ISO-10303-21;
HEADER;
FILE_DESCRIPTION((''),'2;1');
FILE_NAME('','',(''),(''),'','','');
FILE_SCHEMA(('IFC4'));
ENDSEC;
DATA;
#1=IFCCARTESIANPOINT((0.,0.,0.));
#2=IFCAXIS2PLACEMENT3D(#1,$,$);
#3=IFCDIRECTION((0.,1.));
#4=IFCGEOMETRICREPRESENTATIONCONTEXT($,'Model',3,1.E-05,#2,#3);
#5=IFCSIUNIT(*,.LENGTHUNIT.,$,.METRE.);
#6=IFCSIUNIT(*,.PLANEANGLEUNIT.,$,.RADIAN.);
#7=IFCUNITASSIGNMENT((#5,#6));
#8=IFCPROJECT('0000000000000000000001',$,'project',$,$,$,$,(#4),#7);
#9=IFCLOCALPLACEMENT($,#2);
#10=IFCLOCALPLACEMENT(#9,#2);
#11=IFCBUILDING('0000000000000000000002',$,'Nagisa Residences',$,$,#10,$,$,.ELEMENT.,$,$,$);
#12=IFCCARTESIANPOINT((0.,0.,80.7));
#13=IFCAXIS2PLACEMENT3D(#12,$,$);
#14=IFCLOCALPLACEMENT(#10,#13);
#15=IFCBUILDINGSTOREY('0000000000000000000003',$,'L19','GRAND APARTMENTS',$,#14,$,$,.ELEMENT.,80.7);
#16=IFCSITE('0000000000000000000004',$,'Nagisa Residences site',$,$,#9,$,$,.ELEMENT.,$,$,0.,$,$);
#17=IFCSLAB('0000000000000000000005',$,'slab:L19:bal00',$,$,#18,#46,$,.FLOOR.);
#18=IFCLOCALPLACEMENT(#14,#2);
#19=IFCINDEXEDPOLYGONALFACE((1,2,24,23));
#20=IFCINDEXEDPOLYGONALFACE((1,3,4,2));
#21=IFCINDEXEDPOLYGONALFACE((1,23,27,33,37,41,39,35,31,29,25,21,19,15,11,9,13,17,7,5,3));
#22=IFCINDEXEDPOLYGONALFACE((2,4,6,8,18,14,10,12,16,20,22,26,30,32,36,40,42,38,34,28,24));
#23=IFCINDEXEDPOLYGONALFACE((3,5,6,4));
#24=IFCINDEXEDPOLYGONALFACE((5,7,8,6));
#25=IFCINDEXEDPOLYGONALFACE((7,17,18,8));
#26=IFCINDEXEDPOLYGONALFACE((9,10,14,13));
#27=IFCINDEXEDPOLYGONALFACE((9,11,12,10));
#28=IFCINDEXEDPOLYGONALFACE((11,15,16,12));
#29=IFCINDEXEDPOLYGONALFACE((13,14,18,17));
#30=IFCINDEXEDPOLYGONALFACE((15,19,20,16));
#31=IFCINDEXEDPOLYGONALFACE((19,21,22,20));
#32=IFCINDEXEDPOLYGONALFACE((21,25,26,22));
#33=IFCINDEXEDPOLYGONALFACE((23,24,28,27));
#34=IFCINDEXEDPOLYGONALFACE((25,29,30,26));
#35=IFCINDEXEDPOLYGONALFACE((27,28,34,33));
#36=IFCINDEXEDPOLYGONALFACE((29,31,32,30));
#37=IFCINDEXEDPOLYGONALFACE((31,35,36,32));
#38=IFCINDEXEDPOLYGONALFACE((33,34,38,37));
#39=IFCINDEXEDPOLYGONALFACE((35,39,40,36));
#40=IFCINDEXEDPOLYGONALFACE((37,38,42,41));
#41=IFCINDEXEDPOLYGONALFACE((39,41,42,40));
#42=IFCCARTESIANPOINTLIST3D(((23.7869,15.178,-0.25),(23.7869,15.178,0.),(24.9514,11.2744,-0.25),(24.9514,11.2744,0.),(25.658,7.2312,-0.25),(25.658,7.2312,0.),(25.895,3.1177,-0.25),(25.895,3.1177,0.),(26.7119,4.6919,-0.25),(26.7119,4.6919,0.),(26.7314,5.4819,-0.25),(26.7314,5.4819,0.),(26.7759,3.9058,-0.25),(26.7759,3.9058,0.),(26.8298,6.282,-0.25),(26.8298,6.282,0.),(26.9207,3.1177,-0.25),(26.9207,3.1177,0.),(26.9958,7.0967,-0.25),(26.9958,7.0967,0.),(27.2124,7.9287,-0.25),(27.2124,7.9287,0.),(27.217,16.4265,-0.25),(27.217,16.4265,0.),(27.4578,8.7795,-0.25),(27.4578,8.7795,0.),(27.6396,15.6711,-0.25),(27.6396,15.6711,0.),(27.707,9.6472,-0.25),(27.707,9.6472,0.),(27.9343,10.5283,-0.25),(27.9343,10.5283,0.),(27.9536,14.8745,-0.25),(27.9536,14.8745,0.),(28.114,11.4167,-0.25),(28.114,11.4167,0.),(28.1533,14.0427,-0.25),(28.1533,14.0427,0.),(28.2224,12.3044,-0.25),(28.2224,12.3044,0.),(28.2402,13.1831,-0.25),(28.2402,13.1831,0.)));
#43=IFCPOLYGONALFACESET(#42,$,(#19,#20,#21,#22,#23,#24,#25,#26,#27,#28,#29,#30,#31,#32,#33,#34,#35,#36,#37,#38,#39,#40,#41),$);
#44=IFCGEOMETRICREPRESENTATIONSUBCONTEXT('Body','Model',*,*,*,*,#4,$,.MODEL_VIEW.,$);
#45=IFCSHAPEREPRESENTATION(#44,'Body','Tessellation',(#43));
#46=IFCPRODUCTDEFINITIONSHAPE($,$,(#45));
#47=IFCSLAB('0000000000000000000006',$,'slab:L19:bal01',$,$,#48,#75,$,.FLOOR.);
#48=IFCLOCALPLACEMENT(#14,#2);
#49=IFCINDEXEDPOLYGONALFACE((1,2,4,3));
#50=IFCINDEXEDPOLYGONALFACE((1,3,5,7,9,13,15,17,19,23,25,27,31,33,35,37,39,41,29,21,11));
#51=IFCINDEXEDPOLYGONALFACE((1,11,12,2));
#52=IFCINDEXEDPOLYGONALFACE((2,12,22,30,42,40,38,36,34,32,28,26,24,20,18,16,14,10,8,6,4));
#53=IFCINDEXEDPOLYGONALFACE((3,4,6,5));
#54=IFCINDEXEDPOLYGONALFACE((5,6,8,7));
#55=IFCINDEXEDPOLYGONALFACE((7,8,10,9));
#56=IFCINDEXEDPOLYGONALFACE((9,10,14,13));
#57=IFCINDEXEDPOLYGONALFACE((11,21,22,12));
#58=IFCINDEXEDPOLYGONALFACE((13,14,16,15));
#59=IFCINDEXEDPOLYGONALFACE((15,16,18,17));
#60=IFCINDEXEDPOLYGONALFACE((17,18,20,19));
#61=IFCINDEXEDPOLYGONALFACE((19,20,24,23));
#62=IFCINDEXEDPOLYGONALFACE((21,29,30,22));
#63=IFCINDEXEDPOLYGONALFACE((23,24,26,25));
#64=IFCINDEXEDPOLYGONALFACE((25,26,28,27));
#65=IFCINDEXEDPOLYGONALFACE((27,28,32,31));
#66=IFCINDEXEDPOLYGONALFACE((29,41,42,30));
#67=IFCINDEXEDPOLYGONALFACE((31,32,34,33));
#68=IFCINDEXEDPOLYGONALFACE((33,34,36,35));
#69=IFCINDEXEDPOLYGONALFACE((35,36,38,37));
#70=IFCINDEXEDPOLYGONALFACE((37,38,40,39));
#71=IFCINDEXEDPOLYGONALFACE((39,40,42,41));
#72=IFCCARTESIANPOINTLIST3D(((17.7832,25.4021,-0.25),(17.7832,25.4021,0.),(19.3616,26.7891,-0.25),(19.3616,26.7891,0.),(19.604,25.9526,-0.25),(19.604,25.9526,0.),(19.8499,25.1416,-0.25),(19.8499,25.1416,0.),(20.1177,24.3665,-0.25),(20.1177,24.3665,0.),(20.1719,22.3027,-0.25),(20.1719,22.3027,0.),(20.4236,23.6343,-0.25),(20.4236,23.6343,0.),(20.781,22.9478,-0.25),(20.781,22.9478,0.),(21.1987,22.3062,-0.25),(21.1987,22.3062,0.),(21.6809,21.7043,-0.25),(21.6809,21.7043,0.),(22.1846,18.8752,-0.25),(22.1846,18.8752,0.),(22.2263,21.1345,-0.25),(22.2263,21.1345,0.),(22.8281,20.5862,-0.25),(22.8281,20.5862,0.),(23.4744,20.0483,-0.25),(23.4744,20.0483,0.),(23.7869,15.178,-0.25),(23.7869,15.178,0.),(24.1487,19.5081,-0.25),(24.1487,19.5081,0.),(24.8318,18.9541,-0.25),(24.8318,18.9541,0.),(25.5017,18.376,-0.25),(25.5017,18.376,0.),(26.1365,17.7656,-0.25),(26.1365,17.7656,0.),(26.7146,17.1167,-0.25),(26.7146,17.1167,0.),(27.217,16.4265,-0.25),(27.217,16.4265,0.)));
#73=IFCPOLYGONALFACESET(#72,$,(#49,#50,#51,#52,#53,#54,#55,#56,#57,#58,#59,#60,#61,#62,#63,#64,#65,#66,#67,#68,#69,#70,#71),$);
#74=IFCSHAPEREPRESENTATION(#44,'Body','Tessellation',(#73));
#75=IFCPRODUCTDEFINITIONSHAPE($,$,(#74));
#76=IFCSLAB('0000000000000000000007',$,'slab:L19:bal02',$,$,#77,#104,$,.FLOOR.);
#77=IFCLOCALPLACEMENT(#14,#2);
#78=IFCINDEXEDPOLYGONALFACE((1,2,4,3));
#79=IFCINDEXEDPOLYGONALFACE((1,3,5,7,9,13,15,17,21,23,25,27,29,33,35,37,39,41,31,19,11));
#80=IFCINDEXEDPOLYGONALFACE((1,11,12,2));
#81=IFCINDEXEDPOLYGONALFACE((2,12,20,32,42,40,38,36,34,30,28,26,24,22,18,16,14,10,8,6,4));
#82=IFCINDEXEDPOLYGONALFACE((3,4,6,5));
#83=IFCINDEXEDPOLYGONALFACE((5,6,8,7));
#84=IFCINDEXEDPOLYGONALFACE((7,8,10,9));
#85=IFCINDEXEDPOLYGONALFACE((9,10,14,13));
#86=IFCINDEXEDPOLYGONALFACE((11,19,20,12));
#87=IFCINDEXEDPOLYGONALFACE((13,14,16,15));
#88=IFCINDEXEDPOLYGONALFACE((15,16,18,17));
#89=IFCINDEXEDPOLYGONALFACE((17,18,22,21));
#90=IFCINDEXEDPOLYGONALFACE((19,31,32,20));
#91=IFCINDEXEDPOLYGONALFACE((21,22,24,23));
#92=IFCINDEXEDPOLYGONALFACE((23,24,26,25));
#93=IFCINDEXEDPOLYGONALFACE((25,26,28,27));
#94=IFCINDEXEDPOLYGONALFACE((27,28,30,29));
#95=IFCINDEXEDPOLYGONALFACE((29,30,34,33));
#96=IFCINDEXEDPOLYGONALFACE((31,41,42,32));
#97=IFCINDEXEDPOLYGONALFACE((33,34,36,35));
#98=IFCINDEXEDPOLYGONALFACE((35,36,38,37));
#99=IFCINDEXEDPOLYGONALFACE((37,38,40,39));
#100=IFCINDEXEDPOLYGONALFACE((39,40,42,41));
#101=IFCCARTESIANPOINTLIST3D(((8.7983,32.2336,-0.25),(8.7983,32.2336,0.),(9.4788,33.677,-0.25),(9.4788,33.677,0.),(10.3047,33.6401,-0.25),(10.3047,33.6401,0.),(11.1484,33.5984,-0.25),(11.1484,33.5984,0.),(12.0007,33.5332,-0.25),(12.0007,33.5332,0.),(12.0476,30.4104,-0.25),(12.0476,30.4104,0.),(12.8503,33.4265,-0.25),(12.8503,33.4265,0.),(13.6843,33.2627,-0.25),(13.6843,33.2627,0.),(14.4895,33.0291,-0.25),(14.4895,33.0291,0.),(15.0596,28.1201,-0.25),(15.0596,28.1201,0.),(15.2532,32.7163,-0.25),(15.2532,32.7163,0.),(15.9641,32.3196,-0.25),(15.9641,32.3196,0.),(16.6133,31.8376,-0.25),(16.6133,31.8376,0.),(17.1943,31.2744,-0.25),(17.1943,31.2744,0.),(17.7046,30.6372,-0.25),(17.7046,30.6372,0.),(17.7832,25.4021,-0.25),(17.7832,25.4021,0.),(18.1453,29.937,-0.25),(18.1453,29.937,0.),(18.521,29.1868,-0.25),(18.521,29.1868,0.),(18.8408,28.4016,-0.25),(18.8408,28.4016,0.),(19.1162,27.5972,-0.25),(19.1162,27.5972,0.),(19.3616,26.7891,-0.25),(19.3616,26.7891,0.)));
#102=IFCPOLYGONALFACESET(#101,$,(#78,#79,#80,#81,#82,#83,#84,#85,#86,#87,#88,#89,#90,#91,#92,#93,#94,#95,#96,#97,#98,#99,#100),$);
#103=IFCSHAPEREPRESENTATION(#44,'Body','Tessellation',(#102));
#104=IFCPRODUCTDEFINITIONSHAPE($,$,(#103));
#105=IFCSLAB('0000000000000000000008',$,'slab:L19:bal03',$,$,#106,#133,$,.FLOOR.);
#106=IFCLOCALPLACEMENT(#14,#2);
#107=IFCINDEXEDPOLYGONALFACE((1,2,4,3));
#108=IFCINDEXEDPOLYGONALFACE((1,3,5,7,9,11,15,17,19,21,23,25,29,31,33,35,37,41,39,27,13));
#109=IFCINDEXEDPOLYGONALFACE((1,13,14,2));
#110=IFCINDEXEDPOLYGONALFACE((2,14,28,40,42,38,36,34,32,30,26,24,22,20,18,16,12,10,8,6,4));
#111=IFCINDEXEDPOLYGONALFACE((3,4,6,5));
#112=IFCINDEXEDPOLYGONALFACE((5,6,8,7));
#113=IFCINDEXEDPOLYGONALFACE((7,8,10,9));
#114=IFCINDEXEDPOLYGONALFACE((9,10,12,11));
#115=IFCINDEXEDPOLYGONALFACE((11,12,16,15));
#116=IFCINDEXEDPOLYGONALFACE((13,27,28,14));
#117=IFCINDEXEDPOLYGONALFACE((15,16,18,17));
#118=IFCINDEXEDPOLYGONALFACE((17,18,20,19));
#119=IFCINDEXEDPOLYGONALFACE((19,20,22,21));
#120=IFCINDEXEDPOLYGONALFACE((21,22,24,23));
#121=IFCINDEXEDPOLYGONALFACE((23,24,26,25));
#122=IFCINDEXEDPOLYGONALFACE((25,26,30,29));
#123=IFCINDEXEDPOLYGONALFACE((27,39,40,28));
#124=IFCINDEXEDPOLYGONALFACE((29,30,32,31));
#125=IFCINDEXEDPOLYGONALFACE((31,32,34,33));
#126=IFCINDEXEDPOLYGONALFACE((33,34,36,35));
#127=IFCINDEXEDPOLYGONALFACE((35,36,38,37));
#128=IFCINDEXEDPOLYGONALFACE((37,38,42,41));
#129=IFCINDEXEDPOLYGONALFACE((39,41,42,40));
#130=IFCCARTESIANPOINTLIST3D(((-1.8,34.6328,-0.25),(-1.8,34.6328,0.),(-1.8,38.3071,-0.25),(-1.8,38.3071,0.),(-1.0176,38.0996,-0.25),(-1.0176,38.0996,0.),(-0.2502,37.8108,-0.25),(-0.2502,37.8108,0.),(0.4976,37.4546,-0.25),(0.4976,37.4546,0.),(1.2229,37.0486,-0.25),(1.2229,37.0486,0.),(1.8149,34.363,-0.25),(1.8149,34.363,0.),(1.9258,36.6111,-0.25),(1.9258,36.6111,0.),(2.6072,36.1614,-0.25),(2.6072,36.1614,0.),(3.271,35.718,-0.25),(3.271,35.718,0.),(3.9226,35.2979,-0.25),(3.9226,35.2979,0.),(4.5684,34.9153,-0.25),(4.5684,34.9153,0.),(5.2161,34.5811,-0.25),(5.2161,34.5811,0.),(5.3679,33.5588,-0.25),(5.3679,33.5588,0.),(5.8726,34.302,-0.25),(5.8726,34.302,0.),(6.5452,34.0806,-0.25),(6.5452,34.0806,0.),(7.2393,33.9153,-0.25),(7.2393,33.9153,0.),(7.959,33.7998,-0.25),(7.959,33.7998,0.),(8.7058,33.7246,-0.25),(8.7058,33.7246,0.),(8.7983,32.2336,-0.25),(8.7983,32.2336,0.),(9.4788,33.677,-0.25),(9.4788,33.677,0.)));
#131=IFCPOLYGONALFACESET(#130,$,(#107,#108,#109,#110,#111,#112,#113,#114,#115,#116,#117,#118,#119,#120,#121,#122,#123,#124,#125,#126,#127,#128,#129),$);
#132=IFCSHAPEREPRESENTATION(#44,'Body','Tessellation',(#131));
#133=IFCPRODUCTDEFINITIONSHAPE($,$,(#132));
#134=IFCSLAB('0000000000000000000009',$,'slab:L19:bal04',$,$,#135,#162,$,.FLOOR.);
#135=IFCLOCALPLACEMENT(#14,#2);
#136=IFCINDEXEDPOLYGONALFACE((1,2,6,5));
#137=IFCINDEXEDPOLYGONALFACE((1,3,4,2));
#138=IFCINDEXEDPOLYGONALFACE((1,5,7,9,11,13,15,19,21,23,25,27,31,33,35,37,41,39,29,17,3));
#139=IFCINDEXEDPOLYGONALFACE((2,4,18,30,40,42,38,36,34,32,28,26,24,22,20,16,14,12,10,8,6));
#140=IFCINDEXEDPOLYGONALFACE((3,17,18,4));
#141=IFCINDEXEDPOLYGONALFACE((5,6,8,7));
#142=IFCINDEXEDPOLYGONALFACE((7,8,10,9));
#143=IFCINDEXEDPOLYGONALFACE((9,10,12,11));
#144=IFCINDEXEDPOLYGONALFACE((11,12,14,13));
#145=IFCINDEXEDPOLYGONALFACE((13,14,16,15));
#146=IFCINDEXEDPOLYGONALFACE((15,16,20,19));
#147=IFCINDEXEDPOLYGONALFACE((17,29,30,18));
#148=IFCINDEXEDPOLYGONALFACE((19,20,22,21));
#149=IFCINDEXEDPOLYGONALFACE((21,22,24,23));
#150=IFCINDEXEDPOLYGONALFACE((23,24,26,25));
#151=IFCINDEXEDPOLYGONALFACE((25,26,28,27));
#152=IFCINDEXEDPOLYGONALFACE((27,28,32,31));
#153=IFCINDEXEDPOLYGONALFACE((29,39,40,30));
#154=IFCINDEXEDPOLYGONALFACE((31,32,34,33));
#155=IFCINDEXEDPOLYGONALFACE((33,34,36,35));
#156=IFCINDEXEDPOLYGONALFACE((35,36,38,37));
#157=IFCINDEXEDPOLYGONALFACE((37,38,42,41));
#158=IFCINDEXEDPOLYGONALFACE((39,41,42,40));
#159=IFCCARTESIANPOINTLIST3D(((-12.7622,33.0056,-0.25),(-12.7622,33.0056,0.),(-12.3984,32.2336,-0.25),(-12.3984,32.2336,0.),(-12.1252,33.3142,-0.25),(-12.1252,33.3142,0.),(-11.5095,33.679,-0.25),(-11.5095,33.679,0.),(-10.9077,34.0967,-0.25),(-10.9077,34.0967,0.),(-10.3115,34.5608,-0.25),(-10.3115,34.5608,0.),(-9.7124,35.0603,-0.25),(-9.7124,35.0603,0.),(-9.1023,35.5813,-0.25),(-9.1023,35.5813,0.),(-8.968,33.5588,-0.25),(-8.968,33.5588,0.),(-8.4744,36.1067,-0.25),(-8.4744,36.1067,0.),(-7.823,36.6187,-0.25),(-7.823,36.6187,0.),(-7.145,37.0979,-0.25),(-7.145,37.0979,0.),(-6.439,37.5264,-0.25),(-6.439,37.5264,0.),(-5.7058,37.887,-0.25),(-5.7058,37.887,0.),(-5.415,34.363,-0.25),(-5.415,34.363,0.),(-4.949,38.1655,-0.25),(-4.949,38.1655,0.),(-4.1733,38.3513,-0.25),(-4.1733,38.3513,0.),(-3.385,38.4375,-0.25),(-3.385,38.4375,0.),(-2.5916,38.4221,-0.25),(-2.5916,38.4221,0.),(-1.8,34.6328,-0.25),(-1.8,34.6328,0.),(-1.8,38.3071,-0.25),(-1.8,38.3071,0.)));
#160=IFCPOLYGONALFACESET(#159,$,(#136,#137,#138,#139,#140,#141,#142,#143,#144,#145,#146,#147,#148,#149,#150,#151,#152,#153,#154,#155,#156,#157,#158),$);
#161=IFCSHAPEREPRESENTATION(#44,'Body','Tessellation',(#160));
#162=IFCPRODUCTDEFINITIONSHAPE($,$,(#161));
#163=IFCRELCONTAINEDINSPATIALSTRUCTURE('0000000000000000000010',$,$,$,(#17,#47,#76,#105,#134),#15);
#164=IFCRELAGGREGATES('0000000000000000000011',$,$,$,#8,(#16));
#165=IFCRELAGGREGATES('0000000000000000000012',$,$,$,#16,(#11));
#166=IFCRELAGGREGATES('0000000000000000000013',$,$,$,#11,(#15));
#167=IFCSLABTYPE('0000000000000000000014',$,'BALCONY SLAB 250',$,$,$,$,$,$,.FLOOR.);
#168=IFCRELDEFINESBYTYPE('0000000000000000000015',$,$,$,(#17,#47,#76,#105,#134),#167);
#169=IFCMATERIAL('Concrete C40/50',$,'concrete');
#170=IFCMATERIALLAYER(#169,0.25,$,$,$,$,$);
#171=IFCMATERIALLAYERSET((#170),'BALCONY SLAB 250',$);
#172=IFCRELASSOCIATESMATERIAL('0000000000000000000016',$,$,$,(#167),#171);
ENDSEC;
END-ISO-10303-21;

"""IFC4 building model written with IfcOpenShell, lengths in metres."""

from ifc_helpers import new_model, si_unit, direction, frame, origin, place, context, subcontext, project, spatial, polyline, outline, extrude, material, layer, layer_set, type_object, element, save


model = new_model("IFC4")

# Units and contexts
model_context = context("Model", 3, precision=1e-05, world=origin(), true_north=direction((0.0, 1.0)))
body_context = subcontext(model_context, "Body", "Model", "MODEL_VIEW")
ifc_project = project(units=[si_unit("LENGTHUNIT", "METRE"), si_unit("PLANEANGLEUNIT", "RADIAN")], contexts=[model_context])

# Site, building, storey
site_placement = place(None, origin())
site = spatial("IfcSite", under=ifc_project, at=site_placement, Name="Nagisa Residences site", CompositionType="ELEMENT", RefElevation=0.0)
building_placement = place(site_placement, origin())
building = spatial("IfcBuilding", under=site, at=building_placement, Name="Nagisa Residences", CompositionType="ELEMENT")
storey_placement = place(building_placement, frame((0.0, 0.0, 80.7)))
storey = spatial("IfcBuildingStorey", under=building, at=storey_placement, Name="L19", Description="GRAND APARTMENTS", CompositionType="ELEMENT", Elevation=80.7)

# Slabs
ifc_material_1 = material(Name="Concrete C40/50", Category="concrete")
ifc_layer_1 = layer(ifc_material_1, 0.25)
ifc_layer_set_1 = layer_set([ifc_layer_1], Name="BALCONY SLAB 250")
slab_type_1 = type_object("IfcSlabType", Name="BALCONY SLAB 250", PredefinedType="FLOOR", material=ifc_layer_set_1)
slab_1_placement = place(storey_placement, frame((0.0, 0.0, -0.25)))
element("IfcSlab", 1, at=slab_1_placement, inside=storey, type_object=slab_type_1, Name="slab:L19:bal00", PredefinedType="FLOOR", context=body_context, shape_type="SweptSolid", body=[
    extrude(outline(polyline([(26.9207, 3.1177), (26.7759, 3.9058), (26.7119, 4.6919), (26.7314, 5.4819), (26.8298, 6.282), (26.9958, 7.0967), (27.2124, 7.9287), (27.4578, 8.7795), (27.707, 9.6472), (27.9343, 10.5283), (28.114, 11.4167), (28.2224, 12.3044), (28.2402, 13.1831), (28.1533, 14.0427), (27.9536, 14.8745), (27.6396, 15.6711), (27.217, 16.4265), (23.7869, 15.178), (24.9514, 11.2744), (25.658, 7.2312), (25.895, 3.1177), (26.9207, 3.1177)])), origin(), (0.0, 0.0, 1.0), 0.25),
])
slab_2_placement = place(storey_placement, frame((0.0, 0.0, -0.25)))
element("IfcSlab", 2, at=slab_2_placement, inside=storey, type_object=slab_type_1, Name="slab:L19:bal01", PredefinedType="FLOOR", context=body_context, shape_type="SweptSolid", body=[
    extrude(outline(polyline([(27.217, 16.4265), (26.7146, 17.1167), (26.1365, 17.7656), (25.5017, 18.376), (24.8318, 18.9541), (24.1487, 19.5081), (23.4744, 20.0483), (22.8281, 20.5862), (22.2263, 21.1345), (21.6809, 21.7043), (21.1987, 22.3062), (20.781, 22.9478), (20.4236, 23.6343), (20.1177, 24.3665), (19.8499, 25.1416), (19.604, 25.9526), (19.3616, 26.7891), (17.7832, 25.4021), (20.1719, 22.3027), (22.1846, 18.8752), (23.7869, 15.178), (27.217, 16.4265)])), origin(), (0.0, 0.0, 1.0), 0.25),
])
slab_3_placement = place(storey_placement, frame((0.0, 0.0, -0.25)))
element("IfcSlab", 3, at=slab_3_placement, inside=storey, type_object=slab_type_1, Name="slab:L19:bal02", PredefinedType="FLOOR", context=body_context, shape_type="SweptSolid", body=[
    extrude(outline(polyline([(19.3616, 26.7891), (19.1162, 27.5972), (18.8408, 28.4016), (18.521, 29.1868), (18.1453, 29.937), (17.7046, 30.6372), (17.1943, 31.2744), (16.6133, 31.8376), (15.9641, 32.3196), (15.2532, 32.7163), (14.4895, 33.0291), (13.6843, 33.2627), (12.8503, 33.4265), (12.0007, 33.5332), (11.1484, 33.5984), (10.3047, 33.6401), (9.4788, 33.677), (8.7983, 32.2336), (12.0476, 30.4104), (15.0596, 28.1201), (17.7832, 25.4021), (19.3616, 26.7891)])), origin(), (0.0, 0.0, 1.0), 0.25),
])
slab_4_placement = place(storey_placement, frame((0.0, 0.0, -0.25)))
element("IfcSlab", 4, at=slab_4_placement, inside=storey, type_object=slab_type_1, Name="slab:L19:bal03", PredefinedType="FLOOR", context=body_context, shape_type="SweptSolid", body=[
    extrude(outline(polyline([(9.4788, 33.677), (8.7058, 33.7246), (7.959, 33.7998), (7.2393, 33.9153), (6.5452, 34.0806), (5.8726, 34.302), (5.2161, 34.5811), (4.5684, 34.9153), (3.9226, 35.2979), (3.271, 35.718), (2.6072, 36.1614), (1.9258, 36.6111), (1.2229, 37.0486), (0.4976, 37.4546), (-0.2502, 37.8108), (-1.0176, 38.0996), (-1.8, 38.3071), (-1.8, 34.6328), (1.8149, 34.363), (5.3679, 33.5588), (8.7983, 32.2336), (9.4788, 33.677)])), origin(), (0.0, 0.0, 1.0), 0.25),
])
slab_5_placement = place(storey_placement, frame((0.0, 0.0, -0.25)))
element("IfcSlab", 5, at=slab_5_placement, inside=storey, type_object=slab_type_1, Name="slab:L19:bal04", PredefinedType="FLOOR", context=body_context, shape_type="SweptSolid", body=[
    extrude(outline(polyline([(-1.8, 38.3071), (-2.5916, 38.4221), (-3.385, 38.4375), (-4.1733, 38.3513), (-4.949, 38.1655), (-5.7058, 37.887), (-6.439, 37.5264), (-7.145, 37.0979), (-7.823, 36.6187), (-8.4744, 36.1067), (-9.1023, 35.5813), (-9.7124, 35.0603), (-10.3115, 34.5608), (-10.9077, 34.0967), (-11.5095, 33.679), (-12.1252, 33.3142), (-12.7622, 33.0056), (-12.3984, 32.2336), (-8.968, 33.5588), (-5.415, 34.363), (-1.8, 34.6328), (-1.8, 38.3071)])), origin(), (0.0, 0.0, 1.0), 0.25),
])

save(model, "model.ifc")
